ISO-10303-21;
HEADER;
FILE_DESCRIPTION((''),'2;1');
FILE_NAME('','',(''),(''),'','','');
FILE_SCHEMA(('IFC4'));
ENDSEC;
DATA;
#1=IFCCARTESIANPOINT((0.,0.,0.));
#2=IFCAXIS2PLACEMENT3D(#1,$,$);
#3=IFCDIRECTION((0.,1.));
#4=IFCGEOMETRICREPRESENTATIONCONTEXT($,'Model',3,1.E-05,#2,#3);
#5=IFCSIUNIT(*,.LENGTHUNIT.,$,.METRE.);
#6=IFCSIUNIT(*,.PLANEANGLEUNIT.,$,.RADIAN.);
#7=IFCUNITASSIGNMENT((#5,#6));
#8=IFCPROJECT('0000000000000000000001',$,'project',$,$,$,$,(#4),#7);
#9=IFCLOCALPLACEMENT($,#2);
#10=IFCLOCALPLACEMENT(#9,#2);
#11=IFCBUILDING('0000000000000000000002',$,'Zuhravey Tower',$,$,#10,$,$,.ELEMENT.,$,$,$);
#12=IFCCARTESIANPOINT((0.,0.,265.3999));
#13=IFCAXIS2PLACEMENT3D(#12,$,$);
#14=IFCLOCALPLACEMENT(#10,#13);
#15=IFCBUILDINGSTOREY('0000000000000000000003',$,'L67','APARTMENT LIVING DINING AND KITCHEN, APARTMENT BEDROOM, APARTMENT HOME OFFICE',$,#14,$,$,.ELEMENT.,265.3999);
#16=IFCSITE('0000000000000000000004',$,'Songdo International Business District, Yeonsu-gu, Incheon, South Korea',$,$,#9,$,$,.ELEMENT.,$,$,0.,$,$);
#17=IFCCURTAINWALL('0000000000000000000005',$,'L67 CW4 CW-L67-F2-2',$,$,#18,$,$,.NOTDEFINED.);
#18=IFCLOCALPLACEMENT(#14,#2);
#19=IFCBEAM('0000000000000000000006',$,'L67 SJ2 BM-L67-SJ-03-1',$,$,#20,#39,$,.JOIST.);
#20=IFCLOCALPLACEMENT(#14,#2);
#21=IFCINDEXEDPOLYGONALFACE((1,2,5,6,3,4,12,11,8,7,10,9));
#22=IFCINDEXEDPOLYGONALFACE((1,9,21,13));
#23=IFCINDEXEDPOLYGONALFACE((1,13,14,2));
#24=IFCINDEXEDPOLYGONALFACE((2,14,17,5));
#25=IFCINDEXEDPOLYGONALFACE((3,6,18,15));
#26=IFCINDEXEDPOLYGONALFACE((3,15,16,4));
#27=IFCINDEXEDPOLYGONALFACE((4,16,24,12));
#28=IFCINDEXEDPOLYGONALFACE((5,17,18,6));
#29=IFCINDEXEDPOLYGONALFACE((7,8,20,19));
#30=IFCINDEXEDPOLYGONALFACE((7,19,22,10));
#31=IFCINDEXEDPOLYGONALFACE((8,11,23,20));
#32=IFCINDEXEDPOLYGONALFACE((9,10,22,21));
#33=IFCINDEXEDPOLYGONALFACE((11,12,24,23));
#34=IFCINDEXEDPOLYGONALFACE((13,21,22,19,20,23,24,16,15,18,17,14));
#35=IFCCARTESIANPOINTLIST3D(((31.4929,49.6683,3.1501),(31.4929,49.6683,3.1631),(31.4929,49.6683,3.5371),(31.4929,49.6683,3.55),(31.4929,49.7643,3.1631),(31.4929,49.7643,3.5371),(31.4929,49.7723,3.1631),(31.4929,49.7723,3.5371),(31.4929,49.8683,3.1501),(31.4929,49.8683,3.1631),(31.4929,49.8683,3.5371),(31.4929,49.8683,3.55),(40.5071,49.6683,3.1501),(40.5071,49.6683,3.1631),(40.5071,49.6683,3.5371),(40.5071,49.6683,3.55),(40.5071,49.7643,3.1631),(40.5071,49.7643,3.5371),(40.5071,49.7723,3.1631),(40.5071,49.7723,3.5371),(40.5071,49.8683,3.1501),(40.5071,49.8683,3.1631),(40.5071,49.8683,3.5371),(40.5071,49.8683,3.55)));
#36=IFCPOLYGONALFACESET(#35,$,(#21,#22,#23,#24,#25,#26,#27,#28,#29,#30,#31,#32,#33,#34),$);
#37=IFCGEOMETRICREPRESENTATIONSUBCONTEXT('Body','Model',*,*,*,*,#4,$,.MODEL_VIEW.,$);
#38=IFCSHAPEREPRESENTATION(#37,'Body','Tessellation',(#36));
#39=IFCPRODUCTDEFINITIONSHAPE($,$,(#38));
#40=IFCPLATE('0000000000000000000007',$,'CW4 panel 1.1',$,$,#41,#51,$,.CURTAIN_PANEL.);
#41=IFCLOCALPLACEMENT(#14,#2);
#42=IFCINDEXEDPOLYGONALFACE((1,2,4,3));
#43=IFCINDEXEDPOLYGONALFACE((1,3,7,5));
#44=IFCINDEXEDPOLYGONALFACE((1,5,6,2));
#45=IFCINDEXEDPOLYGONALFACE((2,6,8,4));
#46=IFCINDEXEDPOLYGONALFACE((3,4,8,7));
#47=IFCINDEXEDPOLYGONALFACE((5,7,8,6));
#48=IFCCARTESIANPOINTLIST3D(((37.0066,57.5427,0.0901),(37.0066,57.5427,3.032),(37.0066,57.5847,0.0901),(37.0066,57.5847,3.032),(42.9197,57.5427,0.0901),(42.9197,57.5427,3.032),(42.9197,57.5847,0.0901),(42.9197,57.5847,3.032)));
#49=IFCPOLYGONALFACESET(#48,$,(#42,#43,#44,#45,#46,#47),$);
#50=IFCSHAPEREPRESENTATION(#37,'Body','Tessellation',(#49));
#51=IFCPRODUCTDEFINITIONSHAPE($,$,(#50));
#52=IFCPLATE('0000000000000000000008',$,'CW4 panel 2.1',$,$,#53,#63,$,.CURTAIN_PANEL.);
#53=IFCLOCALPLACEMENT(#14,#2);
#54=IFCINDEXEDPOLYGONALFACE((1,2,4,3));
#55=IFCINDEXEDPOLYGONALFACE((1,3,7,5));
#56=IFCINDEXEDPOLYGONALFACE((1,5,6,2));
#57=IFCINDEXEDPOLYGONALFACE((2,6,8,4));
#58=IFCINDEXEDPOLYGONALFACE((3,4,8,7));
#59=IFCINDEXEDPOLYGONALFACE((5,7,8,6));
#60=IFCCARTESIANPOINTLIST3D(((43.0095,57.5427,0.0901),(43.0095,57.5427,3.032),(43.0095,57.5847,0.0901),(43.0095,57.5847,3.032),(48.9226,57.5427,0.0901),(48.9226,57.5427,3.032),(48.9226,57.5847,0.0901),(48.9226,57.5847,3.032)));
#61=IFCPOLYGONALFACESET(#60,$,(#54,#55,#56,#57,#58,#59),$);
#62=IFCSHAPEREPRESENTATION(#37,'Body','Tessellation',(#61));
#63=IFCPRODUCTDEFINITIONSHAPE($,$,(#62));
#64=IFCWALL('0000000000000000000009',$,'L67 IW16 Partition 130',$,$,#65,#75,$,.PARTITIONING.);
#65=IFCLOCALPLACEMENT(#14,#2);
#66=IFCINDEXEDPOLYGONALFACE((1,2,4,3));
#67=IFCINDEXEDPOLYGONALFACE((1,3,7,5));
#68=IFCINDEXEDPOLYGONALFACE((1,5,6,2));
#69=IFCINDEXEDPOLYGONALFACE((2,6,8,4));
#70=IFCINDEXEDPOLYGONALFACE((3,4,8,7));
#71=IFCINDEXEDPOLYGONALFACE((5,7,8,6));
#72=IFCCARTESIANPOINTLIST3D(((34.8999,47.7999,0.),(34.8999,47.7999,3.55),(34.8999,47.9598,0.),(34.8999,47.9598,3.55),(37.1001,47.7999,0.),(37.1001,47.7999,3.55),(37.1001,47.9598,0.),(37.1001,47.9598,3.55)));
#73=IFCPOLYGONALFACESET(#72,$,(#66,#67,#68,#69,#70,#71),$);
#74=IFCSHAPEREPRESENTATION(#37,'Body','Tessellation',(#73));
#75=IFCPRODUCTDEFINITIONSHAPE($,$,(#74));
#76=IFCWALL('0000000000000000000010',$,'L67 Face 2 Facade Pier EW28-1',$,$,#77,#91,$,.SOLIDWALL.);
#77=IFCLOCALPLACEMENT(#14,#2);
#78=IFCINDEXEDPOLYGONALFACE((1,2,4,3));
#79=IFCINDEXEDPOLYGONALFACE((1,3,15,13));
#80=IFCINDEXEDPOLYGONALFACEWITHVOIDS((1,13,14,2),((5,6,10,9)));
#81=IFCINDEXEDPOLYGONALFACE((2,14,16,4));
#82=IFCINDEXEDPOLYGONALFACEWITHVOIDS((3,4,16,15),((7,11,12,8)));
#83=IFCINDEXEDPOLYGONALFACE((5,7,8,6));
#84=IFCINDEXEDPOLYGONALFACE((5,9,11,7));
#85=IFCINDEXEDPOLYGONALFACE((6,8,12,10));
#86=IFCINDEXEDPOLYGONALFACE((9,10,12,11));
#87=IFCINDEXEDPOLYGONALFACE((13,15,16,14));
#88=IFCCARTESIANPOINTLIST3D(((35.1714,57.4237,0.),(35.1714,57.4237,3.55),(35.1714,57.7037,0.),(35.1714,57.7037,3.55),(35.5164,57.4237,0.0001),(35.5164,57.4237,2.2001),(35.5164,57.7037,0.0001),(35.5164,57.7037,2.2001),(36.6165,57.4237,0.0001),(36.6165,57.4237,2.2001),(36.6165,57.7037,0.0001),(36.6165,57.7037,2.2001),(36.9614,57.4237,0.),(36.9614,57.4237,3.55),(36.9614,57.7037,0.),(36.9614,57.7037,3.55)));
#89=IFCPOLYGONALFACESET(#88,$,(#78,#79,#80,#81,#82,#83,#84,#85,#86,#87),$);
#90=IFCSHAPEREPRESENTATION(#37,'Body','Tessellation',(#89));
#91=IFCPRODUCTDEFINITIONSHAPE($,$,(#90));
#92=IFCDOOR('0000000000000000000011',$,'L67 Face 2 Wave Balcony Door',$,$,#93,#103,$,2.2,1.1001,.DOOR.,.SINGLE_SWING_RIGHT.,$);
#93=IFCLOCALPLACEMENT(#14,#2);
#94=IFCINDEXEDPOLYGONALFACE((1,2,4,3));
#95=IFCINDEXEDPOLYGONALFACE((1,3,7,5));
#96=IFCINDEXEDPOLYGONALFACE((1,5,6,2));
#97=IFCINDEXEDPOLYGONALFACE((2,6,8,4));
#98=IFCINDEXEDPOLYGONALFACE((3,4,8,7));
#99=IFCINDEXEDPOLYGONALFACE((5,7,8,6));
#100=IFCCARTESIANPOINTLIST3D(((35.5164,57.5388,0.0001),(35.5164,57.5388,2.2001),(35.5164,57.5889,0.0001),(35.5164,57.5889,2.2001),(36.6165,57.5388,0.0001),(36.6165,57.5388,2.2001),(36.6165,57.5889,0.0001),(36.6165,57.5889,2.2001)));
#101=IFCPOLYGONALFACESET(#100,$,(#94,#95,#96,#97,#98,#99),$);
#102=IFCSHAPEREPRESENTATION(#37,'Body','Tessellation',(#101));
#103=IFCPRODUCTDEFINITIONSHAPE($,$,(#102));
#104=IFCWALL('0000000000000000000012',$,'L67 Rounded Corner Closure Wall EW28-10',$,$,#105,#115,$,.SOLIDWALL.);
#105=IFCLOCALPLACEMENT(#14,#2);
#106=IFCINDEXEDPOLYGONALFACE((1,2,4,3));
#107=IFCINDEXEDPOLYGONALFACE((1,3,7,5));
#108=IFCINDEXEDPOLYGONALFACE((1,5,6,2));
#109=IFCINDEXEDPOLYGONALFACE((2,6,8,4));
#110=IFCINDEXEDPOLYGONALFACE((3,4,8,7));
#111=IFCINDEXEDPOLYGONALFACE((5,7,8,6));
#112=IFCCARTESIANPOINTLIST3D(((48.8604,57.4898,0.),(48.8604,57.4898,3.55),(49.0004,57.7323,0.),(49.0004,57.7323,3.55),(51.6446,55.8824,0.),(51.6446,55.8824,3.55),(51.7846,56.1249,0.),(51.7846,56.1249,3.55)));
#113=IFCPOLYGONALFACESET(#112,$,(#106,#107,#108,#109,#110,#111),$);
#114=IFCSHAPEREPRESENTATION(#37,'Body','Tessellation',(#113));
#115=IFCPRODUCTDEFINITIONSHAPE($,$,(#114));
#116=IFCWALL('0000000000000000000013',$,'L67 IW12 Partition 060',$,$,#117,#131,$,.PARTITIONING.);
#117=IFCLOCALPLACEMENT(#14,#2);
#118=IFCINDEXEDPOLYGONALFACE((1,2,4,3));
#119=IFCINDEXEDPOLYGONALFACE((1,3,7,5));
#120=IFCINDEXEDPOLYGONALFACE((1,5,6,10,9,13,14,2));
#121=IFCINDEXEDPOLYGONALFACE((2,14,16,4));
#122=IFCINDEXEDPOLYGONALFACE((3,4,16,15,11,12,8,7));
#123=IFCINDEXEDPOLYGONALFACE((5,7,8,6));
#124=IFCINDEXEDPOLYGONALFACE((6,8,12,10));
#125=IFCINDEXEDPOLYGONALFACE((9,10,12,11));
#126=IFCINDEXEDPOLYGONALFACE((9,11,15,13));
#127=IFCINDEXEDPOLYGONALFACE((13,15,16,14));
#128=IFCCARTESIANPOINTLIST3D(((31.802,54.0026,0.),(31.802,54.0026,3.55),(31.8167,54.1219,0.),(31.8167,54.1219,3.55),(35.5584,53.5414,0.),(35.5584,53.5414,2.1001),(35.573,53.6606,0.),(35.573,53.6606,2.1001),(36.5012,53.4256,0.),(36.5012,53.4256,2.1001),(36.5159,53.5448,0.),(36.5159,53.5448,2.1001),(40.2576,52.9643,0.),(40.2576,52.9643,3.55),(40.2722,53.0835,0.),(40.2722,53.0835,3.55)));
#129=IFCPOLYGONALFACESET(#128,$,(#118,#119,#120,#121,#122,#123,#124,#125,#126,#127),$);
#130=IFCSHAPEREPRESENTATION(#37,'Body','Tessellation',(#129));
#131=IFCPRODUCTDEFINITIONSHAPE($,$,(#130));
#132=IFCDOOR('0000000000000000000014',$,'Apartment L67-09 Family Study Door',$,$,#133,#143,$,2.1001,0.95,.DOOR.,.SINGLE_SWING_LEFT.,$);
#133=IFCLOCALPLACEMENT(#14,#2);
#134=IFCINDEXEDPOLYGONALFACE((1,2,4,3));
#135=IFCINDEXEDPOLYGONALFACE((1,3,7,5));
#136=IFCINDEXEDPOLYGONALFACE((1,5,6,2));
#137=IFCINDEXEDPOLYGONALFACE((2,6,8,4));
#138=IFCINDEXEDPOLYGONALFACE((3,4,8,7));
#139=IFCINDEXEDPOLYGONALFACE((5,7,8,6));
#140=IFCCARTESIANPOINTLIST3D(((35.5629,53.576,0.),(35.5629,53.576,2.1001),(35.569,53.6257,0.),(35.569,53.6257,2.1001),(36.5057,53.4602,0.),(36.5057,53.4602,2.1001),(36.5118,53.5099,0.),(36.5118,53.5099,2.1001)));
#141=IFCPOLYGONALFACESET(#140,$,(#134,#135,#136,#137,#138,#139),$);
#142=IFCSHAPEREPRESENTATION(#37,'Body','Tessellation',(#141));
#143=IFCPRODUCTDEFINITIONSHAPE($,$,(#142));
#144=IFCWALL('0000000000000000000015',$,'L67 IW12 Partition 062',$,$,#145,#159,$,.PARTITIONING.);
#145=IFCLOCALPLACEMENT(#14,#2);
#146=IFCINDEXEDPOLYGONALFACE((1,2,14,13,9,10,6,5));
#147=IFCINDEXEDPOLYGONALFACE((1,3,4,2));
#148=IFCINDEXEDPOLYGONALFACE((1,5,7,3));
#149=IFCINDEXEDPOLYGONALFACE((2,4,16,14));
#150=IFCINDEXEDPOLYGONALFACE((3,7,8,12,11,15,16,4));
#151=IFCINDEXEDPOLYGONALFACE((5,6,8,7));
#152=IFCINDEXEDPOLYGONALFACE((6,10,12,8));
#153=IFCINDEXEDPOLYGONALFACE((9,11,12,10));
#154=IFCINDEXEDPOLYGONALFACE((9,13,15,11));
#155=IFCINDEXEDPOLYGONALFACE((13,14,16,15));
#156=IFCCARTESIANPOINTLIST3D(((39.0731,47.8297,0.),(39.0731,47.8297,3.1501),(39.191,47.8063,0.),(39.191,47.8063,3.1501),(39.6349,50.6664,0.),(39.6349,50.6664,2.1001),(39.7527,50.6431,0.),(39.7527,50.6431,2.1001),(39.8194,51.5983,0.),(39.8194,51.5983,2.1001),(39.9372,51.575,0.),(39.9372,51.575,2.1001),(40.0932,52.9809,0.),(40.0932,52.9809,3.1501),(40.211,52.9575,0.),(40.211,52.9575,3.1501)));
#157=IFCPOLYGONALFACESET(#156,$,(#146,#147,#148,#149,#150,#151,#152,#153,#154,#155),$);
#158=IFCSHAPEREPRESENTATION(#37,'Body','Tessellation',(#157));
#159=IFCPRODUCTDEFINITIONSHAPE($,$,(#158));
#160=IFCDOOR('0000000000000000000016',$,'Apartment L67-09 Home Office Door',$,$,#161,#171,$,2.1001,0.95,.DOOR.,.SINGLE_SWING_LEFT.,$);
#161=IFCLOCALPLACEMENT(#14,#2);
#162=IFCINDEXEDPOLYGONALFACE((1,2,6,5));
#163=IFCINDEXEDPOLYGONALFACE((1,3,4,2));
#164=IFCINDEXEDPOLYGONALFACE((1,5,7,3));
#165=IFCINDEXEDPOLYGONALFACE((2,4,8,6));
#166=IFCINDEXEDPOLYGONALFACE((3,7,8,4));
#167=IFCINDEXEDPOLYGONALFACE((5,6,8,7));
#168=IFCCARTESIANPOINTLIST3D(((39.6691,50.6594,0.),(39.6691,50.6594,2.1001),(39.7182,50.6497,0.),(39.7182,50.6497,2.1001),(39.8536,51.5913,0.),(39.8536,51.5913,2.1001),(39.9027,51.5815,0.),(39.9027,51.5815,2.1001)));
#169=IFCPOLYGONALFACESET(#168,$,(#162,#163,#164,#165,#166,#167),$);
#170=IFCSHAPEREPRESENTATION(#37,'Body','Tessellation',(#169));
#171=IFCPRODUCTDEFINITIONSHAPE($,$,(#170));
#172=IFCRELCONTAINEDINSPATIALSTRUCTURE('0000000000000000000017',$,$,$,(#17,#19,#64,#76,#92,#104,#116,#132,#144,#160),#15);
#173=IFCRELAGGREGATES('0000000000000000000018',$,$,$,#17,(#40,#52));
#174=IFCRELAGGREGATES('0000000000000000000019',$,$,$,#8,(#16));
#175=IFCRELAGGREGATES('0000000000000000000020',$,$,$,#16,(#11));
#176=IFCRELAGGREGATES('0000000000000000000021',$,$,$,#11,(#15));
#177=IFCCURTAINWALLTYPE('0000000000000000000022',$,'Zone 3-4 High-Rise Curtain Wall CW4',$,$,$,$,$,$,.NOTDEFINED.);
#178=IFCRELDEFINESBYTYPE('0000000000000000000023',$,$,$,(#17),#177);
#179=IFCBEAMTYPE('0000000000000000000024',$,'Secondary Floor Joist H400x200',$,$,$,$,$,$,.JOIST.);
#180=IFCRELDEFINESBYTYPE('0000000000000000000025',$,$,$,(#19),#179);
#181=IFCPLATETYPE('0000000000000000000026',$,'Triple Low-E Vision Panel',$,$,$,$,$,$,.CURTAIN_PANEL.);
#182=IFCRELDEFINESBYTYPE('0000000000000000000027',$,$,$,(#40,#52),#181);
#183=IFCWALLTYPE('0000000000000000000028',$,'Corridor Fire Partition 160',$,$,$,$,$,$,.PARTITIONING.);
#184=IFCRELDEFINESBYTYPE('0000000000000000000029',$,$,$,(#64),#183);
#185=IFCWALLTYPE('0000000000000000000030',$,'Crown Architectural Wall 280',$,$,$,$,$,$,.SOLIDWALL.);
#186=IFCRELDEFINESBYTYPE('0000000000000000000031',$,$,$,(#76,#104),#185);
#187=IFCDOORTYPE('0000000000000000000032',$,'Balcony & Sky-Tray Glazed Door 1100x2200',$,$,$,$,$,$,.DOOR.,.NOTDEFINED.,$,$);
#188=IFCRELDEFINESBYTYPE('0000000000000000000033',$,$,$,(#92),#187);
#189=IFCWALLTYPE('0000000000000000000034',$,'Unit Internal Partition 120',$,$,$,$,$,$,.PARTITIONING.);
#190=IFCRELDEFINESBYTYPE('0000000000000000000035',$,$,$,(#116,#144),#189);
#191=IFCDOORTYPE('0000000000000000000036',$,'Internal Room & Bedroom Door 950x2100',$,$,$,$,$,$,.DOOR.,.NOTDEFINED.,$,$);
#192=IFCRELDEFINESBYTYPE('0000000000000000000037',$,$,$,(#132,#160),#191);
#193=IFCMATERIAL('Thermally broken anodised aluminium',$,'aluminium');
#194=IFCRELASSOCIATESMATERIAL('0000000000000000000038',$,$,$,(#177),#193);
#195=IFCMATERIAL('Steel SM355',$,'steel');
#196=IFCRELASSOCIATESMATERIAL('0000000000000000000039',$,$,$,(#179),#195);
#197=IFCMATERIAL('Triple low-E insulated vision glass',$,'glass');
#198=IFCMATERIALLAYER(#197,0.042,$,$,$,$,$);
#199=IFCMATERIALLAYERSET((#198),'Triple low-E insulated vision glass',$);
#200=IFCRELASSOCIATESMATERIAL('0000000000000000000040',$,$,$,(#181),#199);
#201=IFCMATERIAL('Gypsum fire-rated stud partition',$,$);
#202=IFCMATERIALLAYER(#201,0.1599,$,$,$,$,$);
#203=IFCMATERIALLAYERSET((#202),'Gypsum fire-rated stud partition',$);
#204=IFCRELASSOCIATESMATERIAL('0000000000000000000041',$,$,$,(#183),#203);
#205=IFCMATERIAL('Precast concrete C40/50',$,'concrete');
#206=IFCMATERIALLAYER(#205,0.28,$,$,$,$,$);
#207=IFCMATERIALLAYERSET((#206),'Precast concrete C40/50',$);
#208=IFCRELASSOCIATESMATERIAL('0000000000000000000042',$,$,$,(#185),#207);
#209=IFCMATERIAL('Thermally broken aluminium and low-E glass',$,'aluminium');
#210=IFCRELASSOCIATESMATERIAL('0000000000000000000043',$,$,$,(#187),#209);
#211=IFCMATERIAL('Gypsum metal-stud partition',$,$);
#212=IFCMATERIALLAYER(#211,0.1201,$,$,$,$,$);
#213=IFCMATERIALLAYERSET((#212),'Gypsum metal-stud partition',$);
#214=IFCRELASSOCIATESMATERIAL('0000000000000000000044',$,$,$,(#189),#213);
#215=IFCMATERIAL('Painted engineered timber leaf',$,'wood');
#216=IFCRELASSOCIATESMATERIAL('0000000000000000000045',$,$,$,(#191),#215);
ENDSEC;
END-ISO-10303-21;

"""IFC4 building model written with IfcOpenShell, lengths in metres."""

from ifc_helpers import new_model, si_unit, direction, frame, frame_2d, origin, origin_2d, place, context, subcontext, project, spatial, rectangle, i_section, extrude, material, layer, layer_set, material_profile, profile_set, type_object, element, fill, aggregate, save


model = new_model("IFC4")

# Units and contexts
model_context = context("Model", 3, precision=1e-05, world=origin(), true_north=direction((0.0, 1.0)))
body_context = subcontext(model_context, "Body", "Model", "MODEL_VIEW")
ifc_project = project(units=[si_unit("LENGTHUNIT", "METRE"), si_unit("PLANEANGLEUNIT", "RADIAN")], contexts=[model_context])

# Site, building, storey
site_placement = place(None, origin())
site = spatial("IfcSite", under=ifc_project, at=site_placement, Name="Songdo International Business District, Yeonsu-gu, Incheon, South Korea", CompositionType="ELEMENT", RefElevation=0.0)
building_placement = place(site_placement, origin())
building = spatial("IfcBuilding", under=site, at=building_placement, Name="Zuhravey Tower", CompositionType="ELEMENT")
storey_placement = place(building_placement, frame((0.0, 0.0, 265.3999)))
storey = spatial("IfcBuildingStorey", under=building, at=storey_placement, Name="L67", Description="APARTMENT LIVING DINING AND KITCHEN, APARTMENT BEDROOM, APARTMENT HOME OFFICE", CompositionType="ELEMENT", Elevation=265.3999)

# Shared definitions
ifc_material_1 = material(Name="Thermally broken anodised aluminium", Category="aluminium")
curtain_wall_type = type_object("IfcCurtainWallType", Name="Zone 3-4 High-Rise Curtain Wall CW4", PredefinedType="NOTDEFINED", material=ifc_material_1)

# Curtain wall
curtain_wall_1_placement = place(storey_placement, origin())
curtain_wall_1 = element("IfcCurtainWall", 1, at=curtain_wall_1_placement, inside=storey, type_object=curtain_wall_type, Name="L67 CW4 CW-L67-F2-2", PredefinedType="NOTDEFINED")

# Beam
ifc_material_2 = material(Name="Steel SM355", Category="steel")
ifc_material_profile_1 = material_profile(ifc_material_2, i_section(OverallWidth=0.2, OverallDepth=0.3999, WebThickness=0.0081, FlangeThickness=0.0129, at=origin_2d()), Name="H-400x200x8x13")
ifc_profile_set_1 = profile_set([ifc_material_profile_1], Name="Steel SM355")
beam_type_1 = type_object("IfcBeamType", Name="Secondary Floor Joist H400x200", PredefinedType="JOIST", material=ifc_profile_set_1)
beam_1_placement = place(storey_placement, frame((40.5071, 49.7683, 3.3501), z_axis=(-1.0, 0.0, 0.0), x_axis=(0.0, -1.0, 0.0)))
element("IfcBeam", 2, at=beam_1_placement, inside=storey, type_object=beam_type_1, Name="L67 SJ2 BM-L67-SJ-03-1", PredefinedType="JOIST", context=body_context, shape_type="SweptSolid", body=[
    extrude(i_section(OverallWidth=0.2, OverallDepth=0.3999, WebThickness=0.0081, FlangeThickness=0.0129, at=origin_2d()), origin(), (0.0, 0.0, 1.0), 9.0142),
])

# Plates
ifc_material_3 = material(Name="Triple low-E insulated vision glass", Category="glass")
ifc_layer_1 = layer(ifc_material_3, 0.042)
ifc_layer_set_1 = layer_set([ifc_layer_1], Name="Triple low-E insulated vision glass")
plate_type = type_object("IfcPlateType", Name="Triple Low-E Vision Panel", PredefinedType="CURTAIN_PANEL", material=ifc_layer_set_1)
plate_1_placement = place(storey_placement, frame((39.9631, 57.5637, 0.0901), z_axis=(0.0, 0.0, 1.0), x_axis=(1.0, 0.0, 0.0)))
plate_1 = element("IfcPlate", 3, at=plate_1_placement, type_object=plate_type, Name="CW4 panel 1.1", PredefinedType="CURTAIN_PANEL", context=body_context, shape_type="SweptSolid", body=[
    extrude(rectangle(XDim=5.9131, YDim=0.042, at=origin_2d()), origin(), (0.0, 0.0, 1.0), 2.9419),
])
plate_2_placement = place(storey_placement, frame((45.9661, 57.5637, 0.0901), z_axis=(0.0, 0.0, 1.0), x_axis=(1.0, 0.0, 0.0)))
plate_2 = element("IfcPlate", 4, at=plate_2_placement, type_object=plate_type, Name="CW4 panel 2.1", PredefinedType="CURTAIN_PANEL", context=body_context, shape_type="SweptSolid", body=[
    extrude(rectangle(XDim=5.9131, YDim=0.042, at=origin_2d()), origin(), (0.0, 0.0, 1.0), 2.9419),
])
aggregate(curtain_wall_1, [plate_1, plate_2])

# Wall
ifc_material_4 = material(Name="Gypsum fire-rated stud partition")
ifc_layer_2 = layer(ifc_material_4, 0.1599)
ifc_layer_set_2 = layer_set([ifc_layer_2], Name="Gypsum fire-rated stud partition")
wall_type_1 = type_object("IfcWallType", Name="Corridor Fire Partition 160", PredefinedType="PARTITIONING", material=ifc_layer_set_2)
wall_1_placement = place(storey_placement, frame((37.1001, 47.8799, 0.0), z_axis=(0.0, 0.0, 1.0), x_axis=(-1.0, 0.0, 0.0)))
element("IfcWall", 5, at=wall_1_placement, inside=storey, type_object=wall_type_1, Name="L67 IW16 Partition 130", PredefinedType="PARTITIONING", context=body_context, shape_type="SweptSolid", body=[
    extrude(rectangle(XDim=2.2002, YDim=0.1599, at=frame_2d((1.1001, 0.0))), origin(), (0.0, 0.0, 1.0), 3.55),
])

# Wall, opening, door
ifc_material_5 = material(Name="Precast concrete C40/50", Category="concrete")
ifc_layer_3 = layer(ifc_material_5, 0.28)
ifc_layer_set_3 = layer_set([ifc_layer_3], Name="Precast concrete C40/50")
wall_type_2 = type_object("IfcWallType", Name="Crown Architectural Wall 280", PredefinedType="SOLIDWALL", material=ifc_layer_set_3)
wall_2_placement = place(storey_placement, frame((35.1714, 57.5637, 0.0), z_axis=(0.0, 0.0, 1.0), x_axis=(1.0, 0.0, 0.0)))
wall_2 = element("IfcWall", 6, at=wall_2_placement, inside=storey, type_object=wall_type_2, Name="L67 Face 2 Facade Pier EW28-1", PredefinedType="SOLIDWALL", context=body_context, shape_type="SweptSolid", body=[
    extrude(rectangle(XDim=1.79, YDim=0.28, at=frame_2d((0.895, 0.0))), origin(), (0.0, 0.0, 1.0), 3.55),
])
opening_1_placement = place(wall_2_placement, frame((0.345, 0.0, 0.0)))
opening_1 = element("IfcOpeningElement", 7, at=opening_1_placement, cuts=wall_2, PredefinedType="OPENING", context=body_context, shape_type="SweptSolid", body=[
    extrude(rectangle(XDim=1.1001, YDim=2.2, at=frame_2d((0.55, 1.1001))), frame((0.0, 0.1521, 0.0), z_axis=(0.0, -1.0, 0.0), x_axis=(1.0, 0.0, 0.0)), (0.0, 0.0, 1.0), 0.304),
])
ifc_material_6 = material(Name="Thermally broken aluminium and low-E glass", Category="aluminium")
door_type_1 = type_object("IfcDoorType", Name="Balcony & Sky-Tray Glazed Door 1100x2200", OperationType="NOTDEFINED", PredefinedType="DOOR", material=ifc_material_6)
door_1_placement = place(opening_1_placement, frame((1.1001, 0.0, 0.0), z_axis=(0.0, 0.0, 1.0), x_axis=(-1.0, 0.0, 0.0)))
door_1 = element("IfcDoor", 8, at=door_1_placement, inside=storey, type_object=door_type_1, Name="L67 Face 2 Wave Balcony Door", OperationType="SINGLE_SWING_RIGHT", OverallHeight=2.2, OverallWidth=1.1001, PredefinedType="DOOR", context=body_context, shape_type="SweptSolid", body=[
    extrude(rectangle(XDim=1.1001, YDim=2.2, at=frame_2d((0.55, 1.1001))), frame((0.0, 0.0249, 0.0), z_axis=(0.0, -1.0, 0.0), x_axis=(1.0, 0.0, 0.0)), (0.0, 0.0, 1.0), 0.05),
])
fill(opening_1, door_1)

# Wall
wall_3_placement = place(storey_placement, frame((48.9304, 57.6111, 0.0), z_axis=(0.0, 0.0, 1.0), x_axis=(0.866029, -0.499994, 0.0)))
element("IfcWall", 9, at=wall_3_placement, inside=storey, type_object=wall_type_2, Name="L67 Rounded Corner Closure Wall EW28-10", PredefinedType="SOLIDWALL", context=body_context, shape_type="SweptSolid", body=[
    extrude(rectangle(XDim=3.2148, YDim=0.28, at=frame_2d((1.6074, 0.0))), origin(), (0.0, 0.0, 1.0), 3.55),
])

# Walls, openings, doors
ifc_material_7 = material(Name="Gypsum metal-stud partition")
ifc_layer_4 = layer(ifc_material_7, 0.1201)
ifc_layer_set_4 = layer_set([ifc_layer_4], Name="Gypsum metal-stud partition")
wall_type_3 = type_object("IfcWallType", Name="Unit Internal Partition 120", PredefinedType="PARTITIONING", material=ifc_layer_set_4)
wall_4_placement = place(storey_placement, frame((40.2649, 53.0239, 0.0), z_axis=(0.0, 0.0, 1.0), x_axis=(-0.992544, 0.121883, 0.0)))
wall_4 = element("IfcWall", 10, at=wall_4_placement, inside=storey, type_object=wall_type_3, Name="L67 IW12 Partition 060", PredefinedType="PARTITIONING", context=body_context, shape_type="SweptSolid", body=[
    extrude(rectangle(XDim=8.519, YDim=0.1201, at=frame_2d((4.2595, 0.0))), origin(), (0.0, 0.0, 1.0), 3.55),
])
opening_2_placement = place(wall_4_placement, frame((3.7844, 0.0, 0.0)))
opening_2 = element("IfcOpeningElement", 11, at=opening_2_placement, cuts=wall_4, PredefinedType="OPENING", context=body_context, shape_type="SweptSolid", body=[
    extrude(rectangle(XDim=0.95, YDim=2.1001, at=frame_2d((0.4751, 1.05))), frame((0.0, 0.072, 0.0), z_axis=(0.0, -1.0, 0.0), x_axis=(1.0, 0.0, 0.0)), (0.0, 0.0, 1.0), 0.144),
])
ifc_material_8 = material(Name="Painted engineered timber leaf", Category="wood")
door_type_2 = type_object("IfcDoorType", Name="Internal Room & Bedroom Door 950x2100", OperationType="NOTDEFINED", PredefinedType="DOOR", material=ifc_material_8)
door_2_placement = place(opening_2_placement, frame((0.95, 0.0, 0.0), z_axis=(0.0, 0.0, 1.0), x_axis=(-1.0, 0.0, 0.0)))
door_2 = element("IfcDoor", 12, at=door_2_placement, inside=storey, type_object=door_type_2, Name="Apartment L67-09 Family Study Door", OperationType="SINGLE_SWING_LEFT", OverallHeight=2.1001, OverallWidth=0.95, PredefinedType="DOOR", context=body_context, shape_type="SweptSolid", body=[
    extrude(rectangle(XDim=0.95, YDim=2.1001, at=frame_2d((0.4751, 1.05))), frame((0.0, 0.0249, 0.0), z_axis=(0.0, -1.0, 0.0), x_axis=(1.0, 0.0, 0.0)), (0.0, 0.0, 1.0), 0.05),
])
fill(opening_2, door_2)
wall_5_placement = place(storey_placement, frame((39.1321, 47.8181, 0.0), z_axis=(0.0, 0.0, 1.0), x_axis=(0.194247, 0.980953, 0.0)))
wall_5 = element("IfcWall", 13, at=wall_5_placement, inside=storey, type_object=wall_type_3, Name="L67 IW12 Partition 062", PredefinedType="PARTITIONING", context=body_context, shape_type="SweptSolid", body=[
    extrude(rectangle(XDim=5.2512, YDim=0.1201, at=frame_2d((2.6255, 0.0))), origin(), (0.0, 0.0, 1.0), 3.1501),
])
opening_3_placement = place(wall_5_placement, frame((2.8916, 0.0, 0.0)))
opening_3 = element("IfcOpeningElement", 14, at=opening_3_placement, cuts=wall_5, PredefinedType="OPENING", context=body_context, shape_type="SweptSolid", body=[
    extrude(rectangle(XDim=0.95, YDim=2.1001, at=frame_2d((0.4751, 1.05))), frame((0.0, 0.072, 0.0), z_axis=(0.0, -1.0, 0.0), x_axis=(1.0, 0.0, 0.0)), (0.0, 0.0, 1.0), 0.144),
])
door_3_placement = place(opening_3_placement, frame((0.95, 0.0, 0.0), z_axis=(0.0, 0.0, 1.0), x_axis=(-1.0, 0.0, 0.0)))
door_3 = element("IfcDoor", 15, at=door_3_placement, inside=storey, type_object=door_type_2, Name="Apartment L67-09 Home Office Door", OperationType="SINGLE_SWING_LEFT", OverallHeight=2.1001, OverallWidth=0.95, PredefinedType="DOOR", context=body_context, shape_type="SweptSolid", body=[
    extrude(rectangle(XDim=0.95, YDim=2.1001, at=frame_2d((0.4751, 1.05))), frame((0.0, 0.0249, 0.0), z_axis=(0.0, -1.0, 0.0), x_axis=(1.0, 0.0, 0.0)), (0.0, 0.0, 1.0), 0.05),
])
fill(opening_3, door_3)

save(model, "model.ifc")
